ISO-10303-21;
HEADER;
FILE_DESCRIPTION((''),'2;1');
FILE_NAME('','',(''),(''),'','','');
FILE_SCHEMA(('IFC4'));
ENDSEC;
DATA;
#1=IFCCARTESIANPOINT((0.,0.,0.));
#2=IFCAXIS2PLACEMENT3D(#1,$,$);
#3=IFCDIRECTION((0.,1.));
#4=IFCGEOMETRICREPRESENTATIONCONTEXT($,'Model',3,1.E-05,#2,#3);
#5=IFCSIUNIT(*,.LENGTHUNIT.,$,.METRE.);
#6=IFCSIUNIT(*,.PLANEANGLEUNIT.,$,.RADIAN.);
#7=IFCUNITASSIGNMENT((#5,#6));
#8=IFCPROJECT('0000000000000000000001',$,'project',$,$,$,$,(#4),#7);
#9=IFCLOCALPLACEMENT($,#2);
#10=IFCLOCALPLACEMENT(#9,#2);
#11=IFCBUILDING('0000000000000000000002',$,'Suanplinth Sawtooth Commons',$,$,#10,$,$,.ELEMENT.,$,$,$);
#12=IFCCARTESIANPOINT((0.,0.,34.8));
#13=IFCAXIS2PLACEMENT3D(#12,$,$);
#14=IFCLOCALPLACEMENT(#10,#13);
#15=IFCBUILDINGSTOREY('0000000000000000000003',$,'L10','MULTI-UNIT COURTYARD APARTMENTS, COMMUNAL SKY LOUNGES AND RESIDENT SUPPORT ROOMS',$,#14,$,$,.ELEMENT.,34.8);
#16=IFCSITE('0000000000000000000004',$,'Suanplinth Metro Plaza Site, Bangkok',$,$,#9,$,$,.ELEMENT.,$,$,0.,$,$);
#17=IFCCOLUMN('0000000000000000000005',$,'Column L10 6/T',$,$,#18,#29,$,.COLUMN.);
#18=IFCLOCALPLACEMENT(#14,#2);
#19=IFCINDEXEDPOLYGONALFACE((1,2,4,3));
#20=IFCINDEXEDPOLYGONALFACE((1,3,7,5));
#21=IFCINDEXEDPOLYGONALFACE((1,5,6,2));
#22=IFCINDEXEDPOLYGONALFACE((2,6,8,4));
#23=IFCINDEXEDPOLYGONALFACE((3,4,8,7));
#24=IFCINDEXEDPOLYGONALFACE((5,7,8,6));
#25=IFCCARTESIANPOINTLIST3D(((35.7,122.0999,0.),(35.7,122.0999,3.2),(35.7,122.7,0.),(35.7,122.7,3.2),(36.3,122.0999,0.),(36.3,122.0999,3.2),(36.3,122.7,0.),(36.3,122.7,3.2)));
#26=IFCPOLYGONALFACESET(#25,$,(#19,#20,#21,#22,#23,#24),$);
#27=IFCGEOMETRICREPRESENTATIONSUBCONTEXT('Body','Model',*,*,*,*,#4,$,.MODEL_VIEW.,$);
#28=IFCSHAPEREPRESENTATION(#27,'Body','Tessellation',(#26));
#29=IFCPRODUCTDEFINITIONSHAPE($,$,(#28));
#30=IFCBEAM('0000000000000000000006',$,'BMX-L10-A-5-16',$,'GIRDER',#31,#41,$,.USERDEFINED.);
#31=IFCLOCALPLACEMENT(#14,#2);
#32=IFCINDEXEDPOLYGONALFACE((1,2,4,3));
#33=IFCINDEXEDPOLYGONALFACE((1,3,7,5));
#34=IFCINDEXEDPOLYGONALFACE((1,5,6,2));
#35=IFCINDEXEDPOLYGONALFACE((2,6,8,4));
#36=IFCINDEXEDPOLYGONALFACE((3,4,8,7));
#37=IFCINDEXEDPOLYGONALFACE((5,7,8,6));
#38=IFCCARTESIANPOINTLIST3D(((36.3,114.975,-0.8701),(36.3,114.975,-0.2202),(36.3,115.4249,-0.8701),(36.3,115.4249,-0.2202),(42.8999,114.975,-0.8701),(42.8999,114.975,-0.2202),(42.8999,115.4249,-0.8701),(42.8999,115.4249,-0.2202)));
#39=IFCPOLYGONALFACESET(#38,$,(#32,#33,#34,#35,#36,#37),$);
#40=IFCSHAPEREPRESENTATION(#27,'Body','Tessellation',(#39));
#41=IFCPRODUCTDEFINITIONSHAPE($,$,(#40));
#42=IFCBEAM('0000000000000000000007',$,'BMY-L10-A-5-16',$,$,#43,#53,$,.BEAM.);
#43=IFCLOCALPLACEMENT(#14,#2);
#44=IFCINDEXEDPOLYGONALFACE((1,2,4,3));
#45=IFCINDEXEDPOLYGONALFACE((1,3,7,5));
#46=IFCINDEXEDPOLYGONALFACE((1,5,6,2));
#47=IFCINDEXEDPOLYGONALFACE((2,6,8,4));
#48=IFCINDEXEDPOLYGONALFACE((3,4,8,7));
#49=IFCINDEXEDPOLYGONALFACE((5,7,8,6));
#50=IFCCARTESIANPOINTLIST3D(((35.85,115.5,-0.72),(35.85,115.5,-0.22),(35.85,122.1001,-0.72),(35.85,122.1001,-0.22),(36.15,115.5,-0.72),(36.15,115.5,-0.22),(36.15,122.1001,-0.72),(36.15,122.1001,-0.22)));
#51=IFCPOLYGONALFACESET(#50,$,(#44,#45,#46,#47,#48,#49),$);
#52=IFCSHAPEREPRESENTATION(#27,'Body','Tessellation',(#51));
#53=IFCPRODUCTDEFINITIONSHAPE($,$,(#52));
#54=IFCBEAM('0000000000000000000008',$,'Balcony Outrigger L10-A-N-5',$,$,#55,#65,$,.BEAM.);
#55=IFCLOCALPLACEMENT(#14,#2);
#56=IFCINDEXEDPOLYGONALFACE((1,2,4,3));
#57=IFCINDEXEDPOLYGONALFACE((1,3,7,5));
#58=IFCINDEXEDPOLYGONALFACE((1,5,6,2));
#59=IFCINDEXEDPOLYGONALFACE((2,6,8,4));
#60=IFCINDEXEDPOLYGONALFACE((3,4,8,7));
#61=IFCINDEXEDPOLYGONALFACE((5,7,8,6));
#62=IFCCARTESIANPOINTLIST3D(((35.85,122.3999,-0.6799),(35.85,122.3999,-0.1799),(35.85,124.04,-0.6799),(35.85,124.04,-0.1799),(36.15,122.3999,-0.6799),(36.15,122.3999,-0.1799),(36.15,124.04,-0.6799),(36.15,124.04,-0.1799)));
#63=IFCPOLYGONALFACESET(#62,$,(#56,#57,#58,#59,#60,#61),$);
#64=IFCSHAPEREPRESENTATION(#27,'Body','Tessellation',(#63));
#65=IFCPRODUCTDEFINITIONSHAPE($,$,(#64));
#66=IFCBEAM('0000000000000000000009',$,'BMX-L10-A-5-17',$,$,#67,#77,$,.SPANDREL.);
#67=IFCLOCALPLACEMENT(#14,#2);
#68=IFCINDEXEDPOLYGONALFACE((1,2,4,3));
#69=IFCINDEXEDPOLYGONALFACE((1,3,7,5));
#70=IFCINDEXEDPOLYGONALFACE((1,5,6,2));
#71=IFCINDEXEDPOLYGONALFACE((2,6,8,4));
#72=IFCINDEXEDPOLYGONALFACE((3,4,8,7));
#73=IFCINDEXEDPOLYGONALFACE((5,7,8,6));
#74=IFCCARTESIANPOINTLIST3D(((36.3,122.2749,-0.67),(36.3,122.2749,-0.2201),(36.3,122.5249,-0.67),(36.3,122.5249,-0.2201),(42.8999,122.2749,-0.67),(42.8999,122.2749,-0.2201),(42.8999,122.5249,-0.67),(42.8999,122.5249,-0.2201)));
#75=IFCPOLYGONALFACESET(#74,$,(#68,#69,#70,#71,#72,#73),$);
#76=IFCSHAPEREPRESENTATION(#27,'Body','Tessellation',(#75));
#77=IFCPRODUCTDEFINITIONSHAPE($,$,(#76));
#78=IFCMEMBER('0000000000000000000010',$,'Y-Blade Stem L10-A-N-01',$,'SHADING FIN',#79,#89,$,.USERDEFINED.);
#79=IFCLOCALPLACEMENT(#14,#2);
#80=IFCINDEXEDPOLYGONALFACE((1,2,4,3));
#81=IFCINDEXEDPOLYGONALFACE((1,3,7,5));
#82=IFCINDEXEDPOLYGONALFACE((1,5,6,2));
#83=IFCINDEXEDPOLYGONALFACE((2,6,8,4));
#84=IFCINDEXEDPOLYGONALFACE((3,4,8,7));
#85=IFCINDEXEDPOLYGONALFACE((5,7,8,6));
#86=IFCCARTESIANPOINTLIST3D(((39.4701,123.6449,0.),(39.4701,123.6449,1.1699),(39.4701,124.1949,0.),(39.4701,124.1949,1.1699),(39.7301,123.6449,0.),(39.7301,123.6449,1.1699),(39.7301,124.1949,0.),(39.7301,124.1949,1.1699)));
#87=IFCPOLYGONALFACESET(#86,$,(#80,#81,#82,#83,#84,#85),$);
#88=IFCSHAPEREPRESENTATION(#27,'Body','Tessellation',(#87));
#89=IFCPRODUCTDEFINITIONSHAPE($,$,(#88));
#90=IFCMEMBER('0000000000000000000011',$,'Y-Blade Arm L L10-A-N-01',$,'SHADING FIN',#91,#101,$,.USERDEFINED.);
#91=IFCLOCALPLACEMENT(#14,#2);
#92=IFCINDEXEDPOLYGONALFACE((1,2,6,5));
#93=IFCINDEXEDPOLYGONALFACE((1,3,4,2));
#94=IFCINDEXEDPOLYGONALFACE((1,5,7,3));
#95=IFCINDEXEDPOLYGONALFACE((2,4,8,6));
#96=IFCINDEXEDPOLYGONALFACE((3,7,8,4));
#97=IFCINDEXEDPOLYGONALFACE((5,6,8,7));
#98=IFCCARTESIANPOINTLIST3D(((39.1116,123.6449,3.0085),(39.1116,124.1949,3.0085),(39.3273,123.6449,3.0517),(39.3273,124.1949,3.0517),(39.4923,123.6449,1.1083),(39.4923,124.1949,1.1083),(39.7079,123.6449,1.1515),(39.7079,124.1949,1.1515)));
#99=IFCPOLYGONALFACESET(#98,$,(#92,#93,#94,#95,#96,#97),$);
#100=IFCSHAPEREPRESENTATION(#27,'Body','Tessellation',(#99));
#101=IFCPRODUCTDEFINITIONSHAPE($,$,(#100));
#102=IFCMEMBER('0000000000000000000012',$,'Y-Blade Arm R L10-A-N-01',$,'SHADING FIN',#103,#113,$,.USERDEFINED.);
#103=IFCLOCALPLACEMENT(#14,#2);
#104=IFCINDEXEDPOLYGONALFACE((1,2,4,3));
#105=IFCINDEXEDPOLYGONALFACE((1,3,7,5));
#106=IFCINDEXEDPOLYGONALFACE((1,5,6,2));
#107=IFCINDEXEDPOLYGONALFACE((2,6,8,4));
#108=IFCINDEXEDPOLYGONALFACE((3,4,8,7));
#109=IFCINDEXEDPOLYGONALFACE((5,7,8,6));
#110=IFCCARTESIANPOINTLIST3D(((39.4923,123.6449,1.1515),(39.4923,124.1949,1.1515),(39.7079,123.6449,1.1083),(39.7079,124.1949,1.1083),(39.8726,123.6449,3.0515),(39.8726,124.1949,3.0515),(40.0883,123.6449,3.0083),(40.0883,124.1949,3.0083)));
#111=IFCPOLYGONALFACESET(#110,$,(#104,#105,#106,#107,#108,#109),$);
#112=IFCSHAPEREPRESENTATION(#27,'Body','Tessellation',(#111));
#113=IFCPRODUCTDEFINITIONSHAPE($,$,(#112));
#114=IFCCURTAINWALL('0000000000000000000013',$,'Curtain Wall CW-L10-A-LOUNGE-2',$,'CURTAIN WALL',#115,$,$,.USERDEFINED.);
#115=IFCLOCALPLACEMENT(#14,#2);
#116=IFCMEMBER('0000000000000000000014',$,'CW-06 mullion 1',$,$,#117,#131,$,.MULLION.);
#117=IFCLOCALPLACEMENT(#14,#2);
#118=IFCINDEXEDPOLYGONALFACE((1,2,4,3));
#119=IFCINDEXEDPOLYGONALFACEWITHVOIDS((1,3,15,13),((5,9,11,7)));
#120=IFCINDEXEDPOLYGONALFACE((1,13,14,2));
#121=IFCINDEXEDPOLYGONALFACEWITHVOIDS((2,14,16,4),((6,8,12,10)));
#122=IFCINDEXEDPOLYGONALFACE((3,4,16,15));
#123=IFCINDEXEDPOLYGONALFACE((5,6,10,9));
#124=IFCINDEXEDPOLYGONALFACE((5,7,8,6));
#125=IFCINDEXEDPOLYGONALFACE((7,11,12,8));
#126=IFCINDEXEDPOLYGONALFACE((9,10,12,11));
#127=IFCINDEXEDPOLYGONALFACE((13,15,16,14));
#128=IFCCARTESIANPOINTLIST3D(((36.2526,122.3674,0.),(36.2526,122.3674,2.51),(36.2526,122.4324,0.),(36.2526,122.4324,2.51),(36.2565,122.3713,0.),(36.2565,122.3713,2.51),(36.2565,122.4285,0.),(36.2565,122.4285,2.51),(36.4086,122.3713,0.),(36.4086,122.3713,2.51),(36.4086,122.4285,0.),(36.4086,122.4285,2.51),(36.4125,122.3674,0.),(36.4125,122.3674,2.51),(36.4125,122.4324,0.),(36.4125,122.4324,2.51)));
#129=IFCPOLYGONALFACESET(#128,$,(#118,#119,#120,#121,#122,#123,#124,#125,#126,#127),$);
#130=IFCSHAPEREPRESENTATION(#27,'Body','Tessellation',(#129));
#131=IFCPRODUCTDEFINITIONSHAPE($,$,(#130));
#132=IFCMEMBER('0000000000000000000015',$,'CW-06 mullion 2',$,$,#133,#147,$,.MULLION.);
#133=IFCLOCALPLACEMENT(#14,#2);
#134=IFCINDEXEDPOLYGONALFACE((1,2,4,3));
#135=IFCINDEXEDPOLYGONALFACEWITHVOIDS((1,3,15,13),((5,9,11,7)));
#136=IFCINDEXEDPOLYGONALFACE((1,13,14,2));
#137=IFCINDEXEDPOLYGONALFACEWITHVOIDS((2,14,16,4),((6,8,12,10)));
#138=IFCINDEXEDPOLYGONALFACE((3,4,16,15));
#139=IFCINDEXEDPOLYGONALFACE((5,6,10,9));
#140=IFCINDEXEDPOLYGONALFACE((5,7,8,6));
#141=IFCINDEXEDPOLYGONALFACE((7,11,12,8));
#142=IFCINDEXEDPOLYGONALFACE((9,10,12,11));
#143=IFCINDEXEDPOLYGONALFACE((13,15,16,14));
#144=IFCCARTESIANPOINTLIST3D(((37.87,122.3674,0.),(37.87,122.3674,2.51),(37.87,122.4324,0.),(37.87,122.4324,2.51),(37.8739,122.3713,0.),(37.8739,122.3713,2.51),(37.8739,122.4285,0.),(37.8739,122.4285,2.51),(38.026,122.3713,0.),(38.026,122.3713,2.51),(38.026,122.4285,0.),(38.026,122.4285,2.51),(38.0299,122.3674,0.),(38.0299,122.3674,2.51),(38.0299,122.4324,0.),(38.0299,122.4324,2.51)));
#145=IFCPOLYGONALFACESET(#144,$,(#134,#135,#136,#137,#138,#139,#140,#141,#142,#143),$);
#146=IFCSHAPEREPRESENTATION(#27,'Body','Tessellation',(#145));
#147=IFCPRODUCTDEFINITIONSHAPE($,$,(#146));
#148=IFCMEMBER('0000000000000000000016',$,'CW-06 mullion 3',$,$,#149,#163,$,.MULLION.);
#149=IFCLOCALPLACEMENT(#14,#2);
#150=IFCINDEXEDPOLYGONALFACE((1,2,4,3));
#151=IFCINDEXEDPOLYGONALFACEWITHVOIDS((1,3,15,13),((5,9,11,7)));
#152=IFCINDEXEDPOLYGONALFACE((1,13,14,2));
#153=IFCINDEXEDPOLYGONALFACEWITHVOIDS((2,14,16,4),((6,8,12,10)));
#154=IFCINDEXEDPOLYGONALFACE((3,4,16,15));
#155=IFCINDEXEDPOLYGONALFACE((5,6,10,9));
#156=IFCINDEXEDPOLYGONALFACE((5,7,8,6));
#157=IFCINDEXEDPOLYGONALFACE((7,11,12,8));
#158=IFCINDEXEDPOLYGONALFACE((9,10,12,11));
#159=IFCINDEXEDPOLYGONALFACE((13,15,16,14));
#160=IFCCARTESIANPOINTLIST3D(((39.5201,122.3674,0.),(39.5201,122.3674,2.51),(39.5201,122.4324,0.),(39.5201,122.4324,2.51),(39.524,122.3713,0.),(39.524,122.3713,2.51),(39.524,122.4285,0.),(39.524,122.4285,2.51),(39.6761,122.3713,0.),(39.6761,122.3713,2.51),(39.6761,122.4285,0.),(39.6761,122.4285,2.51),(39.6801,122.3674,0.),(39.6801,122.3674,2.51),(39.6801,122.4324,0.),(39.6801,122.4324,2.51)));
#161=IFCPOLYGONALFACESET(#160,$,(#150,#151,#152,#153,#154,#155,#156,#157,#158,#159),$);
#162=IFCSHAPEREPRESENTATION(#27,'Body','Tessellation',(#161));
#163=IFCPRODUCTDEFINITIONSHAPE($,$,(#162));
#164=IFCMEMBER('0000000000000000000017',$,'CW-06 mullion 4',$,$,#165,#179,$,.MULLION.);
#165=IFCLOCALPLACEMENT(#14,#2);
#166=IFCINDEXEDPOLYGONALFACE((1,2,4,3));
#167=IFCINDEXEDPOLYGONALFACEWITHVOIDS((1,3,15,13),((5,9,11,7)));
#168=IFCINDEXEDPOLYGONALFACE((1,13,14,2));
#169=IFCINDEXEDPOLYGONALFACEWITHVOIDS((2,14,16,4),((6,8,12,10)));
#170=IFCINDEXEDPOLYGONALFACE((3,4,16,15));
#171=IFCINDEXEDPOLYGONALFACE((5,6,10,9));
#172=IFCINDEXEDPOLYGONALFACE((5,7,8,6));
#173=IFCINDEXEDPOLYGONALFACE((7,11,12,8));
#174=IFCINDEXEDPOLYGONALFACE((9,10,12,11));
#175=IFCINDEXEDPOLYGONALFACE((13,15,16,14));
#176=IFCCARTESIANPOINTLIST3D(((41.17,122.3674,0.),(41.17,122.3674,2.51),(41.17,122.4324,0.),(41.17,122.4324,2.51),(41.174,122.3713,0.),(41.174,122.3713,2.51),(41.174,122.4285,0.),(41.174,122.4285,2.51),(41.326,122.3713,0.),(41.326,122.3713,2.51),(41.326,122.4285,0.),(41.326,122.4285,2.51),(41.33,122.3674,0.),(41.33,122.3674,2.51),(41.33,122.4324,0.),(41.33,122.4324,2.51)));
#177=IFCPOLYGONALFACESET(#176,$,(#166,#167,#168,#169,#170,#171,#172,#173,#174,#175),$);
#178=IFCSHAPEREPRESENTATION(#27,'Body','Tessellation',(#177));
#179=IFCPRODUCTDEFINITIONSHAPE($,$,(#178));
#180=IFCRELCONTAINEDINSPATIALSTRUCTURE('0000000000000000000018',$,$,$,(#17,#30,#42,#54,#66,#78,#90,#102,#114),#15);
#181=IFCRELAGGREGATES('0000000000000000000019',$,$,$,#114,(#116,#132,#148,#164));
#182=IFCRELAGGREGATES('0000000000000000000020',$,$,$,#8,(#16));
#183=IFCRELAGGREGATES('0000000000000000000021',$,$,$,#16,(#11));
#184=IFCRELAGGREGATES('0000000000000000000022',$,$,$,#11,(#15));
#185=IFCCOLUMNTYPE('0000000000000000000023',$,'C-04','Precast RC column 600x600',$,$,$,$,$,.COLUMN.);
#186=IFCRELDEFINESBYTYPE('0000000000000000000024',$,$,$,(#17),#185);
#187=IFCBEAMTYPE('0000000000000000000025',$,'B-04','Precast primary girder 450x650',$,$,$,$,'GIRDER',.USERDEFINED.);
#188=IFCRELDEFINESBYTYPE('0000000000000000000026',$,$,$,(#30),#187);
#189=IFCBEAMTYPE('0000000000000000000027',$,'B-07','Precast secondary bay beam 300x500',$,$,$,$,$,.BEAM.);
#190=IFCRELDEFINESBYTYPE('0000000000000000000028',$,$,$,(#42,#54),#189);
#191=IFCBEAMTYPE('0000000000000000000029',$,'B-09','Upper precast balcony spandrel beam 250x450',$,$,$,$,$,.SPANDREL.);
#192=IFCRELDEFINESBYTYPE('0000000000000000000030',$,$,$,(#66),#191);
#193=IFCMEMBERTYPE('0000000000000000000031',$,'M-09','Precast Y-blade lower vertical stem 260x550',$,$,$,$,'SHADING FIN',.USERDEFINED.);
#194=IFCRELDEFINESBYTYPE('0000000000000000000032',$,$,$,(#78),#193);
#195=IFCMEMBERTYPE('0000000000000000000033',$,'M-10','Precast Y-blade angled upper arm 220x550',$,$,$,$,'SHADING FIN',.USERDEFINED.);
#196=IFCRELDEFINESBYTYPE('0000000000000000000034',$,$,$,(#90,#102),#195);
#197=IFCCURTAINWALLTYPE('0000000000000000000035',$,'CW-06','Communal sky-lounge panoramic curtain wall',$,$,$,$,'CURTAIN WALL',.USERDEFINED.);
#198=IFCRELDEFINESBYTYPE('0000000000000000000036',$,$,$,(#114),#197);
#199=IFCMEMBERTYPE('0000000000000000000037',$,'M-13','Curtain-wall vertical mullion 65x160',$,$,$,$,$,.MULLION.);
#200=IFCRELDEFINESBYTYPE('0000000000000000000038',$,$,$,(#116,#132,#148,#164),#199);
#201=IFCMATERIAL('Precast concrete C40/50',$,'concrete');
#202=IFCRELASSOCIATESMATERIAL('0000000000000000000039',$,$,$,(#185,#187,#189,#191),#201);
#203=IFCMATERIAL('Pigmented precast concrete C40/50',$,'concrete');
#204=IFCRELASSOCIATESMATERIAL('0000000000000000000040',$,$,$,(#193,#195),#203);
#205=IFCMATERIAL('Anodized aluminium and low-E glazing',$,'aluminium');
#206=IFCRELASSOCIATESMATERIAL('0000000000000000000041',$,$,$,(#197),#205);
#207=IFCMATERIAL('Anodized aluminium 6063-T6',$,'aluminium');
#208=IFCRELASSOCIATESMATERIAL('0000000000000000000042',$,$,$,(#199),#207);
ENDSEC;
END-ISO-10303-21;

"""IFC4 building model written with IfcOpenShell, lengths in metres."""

from ifc_helpers import new_model, si_unit, direction, frame, origin, origin_2d, place, context, subcontext, project, spatial, rectangle, hollow_rectangle, extrude, material, material_profile, profile_set, type_object, element, aggregate, save


model = new_model("IFC4")

# Units and contexts
model_context = context("Model", 3, precision=1e-05, world=origin(), true_north=direction((0.0, 1.0)))
body_context = subcontext(model_context, "Body", "Model", "MODEL_VIEW")
ifc_project = project(units=[si_unit("LENGTHUNIT", "METRE"), si_unit("PLANEANGLEUNIT", "RADIAN")], contexts=[model_context])

# Site, building, storey
site_placement = place(None, origin())
site = spatial("IfcSite", under=ifc_project, at=site_placement, Name="Suanplinth Metro Plaza Site, Bangkok", CompositionType="ELEMENT", RefElevation=0.0)
building_placement = place(site_placement, origin())
building = spatial("IfcBuilding", under=site, at=building_placement, Name="Suanplinth Sawtooth Commons", CompositionType="ELEMENT")
storey_placement = place(building_placement, frame((0.0, 0.0, 34.8)))
storey = spatial("IfcBuildingStorey", under=building, at=storey_placement, Name="L10", Description="MULTI-UNIT COURTYARD APARTMENTS, COMMUNAL SKY LOUNGES AND RESIDENT SUPPORT ROOMS", CompositionType="ELEMENT", Elevation=34.8)

# Column
ifc_material_1 = material(Name="Precast concrete C40/50", Category="concrete")
ifc_material_profile_1 = material_profile(ifc_material_1, rectangle(XDim=0.6001, YDim=0.6001, at=origin_2d()), Name="PC-COL 600x600")
ifc_profile_set_1 = profile_set([ifc_material_profile_1], Name="Precast concrete C40/50")
column_type = type_object("IfcColumnType", Name="C-04", Description="Precast RC column 600x600", PredefinedType="COLUMN", material=ifc_profile_set_1)
column_placement = place(storey_placement, frame((36.0, 122.3999, 0.0), z_axis=(0.0, 0.0, 1.0), x_axis=(1.0, 0.0, 0.0)))
element("IfcColumn", 1, at=column_placement, inside=storey, type_object=column_type, Name="Column L10 6/T", PredefinedType="COLUMN", context=body_context, shape_type="SweptSolid", body=[
    extrude(rectangle(XDim=0.6001, YDim=0.6001, at=origin_2d()), origin(), (0.0, 0.0, 1.0), 3.2),
])

# Beams
ifc_material_profile_2 = material_profile(ifc_material_1, rectangle(XDim=0.45, YDim=0.6499, at=origin_2d()), Name="PC-GDR 450x650")
ifc_profile_set_2 = profile_set([ifc_material_profile_2], Name="Precast concrete C40/50")
beam_type_1 = type_object("IfcBeamType", Name="B-04", Description="Precast primary girder 450x650", ElementType="GIRDER", PredefinedType="USERDEFINED", material=ifc_profile_set_2)
beam_1_placement = place(storey_placement, frame((36.3, 115.2, -0.5452), z_axis=(1.0, 0.0, 0.0), x_axis=(0.0, 1.0, 0.0)))
element("IfcBeam", 2, at=beam_1_placement, inside=storey, type_object=beam_type_1, Name="BMX-L10-A-5-16", ObjectType="GIRDER", PredefinedType="USERDEFINED", context=body_context, shape_type="SweptSolid", body=[
    extrude(rectangle(XDim=0.45, YDim=0.6499, at=origin_2d()), origin(), (0.0, 0.0, 1.0), 6.5999),
])
ifc_material_profile_3 = material_profile(ifc_material_1, rectangle(XDim=0.3, YDim=0.5, at=origin_2d()), Name="PC-BM 300x500")
ifc_profile_set_3 = profile_set([ifc_material_profile_3], Name="Precast concrete C40/50")
beam_type_2 = type_object("IfcBeamType", Name="B-07", Description="Precast secondary bay beam 300x500", PredefinedType="BEAM", material=ifc_profile_set_3)
beam_2_placement = place(storey_placement, frame((36.0, 115.5, -0.47), z_axis=(0.0, 1.0, 0.0), x_axis=(-1.0, 0.0, 0.0)))
element("IfcBeam", 3, at=beam_2_placement, inside=storey, type_object=beam_type_2, Name="BMY-L10-A-5-16", PredefinedType="BEAM", context=body_context, shape_type="SweptSolid", body=[
    extrude(rectangle(XDim=0.3, YDim=0.5, at=origin_2d()), origin(), (0.0, 0.0, 1.0), 6.6001),
])
beam_3_placement = place(storey_placement, frame((36.0, 122.3999, -0.4299), z_axis=(0.0, 1.0, 0.0), x_axis=(-1.0, 0.0, 0.0)))
element("IfcBeam", 4, at=beam_3_placement, inside=storey, type_object=beam_type_2, Name="Balcony Outrigger L10-A-N-5", PredefinedType="BEAM", context=body_context, shape_type="SweptSolid", body=[
    extrude(rectangle(XDim=0.3, YDim=0.5, at=origin_2d()), origin(), (0.0, 0.0, 1.0), 1.6401),
])
ifc_material_profile_4 = material_profile(ifc_material_1, rectangle(XDim=0.25, YDim=0.45, at=origin_2d()), Name="PC-SP 250x450")
ifc_profile_set_4 = profile_set([ifc_material_profile_4], Name="Precast concrete C40/50")
beam_type_3 = type_object("IfcBeamType", Name="B-09", Description="Upper precast balcony spandrel beam 250x450", PredefinedType="SPANDREL", material=ifc_profile_set_4)
beam_4_placement = place(storey_placement, frame((36.3, 122.3999, -0.4451), z_axis=(1.0, 0.0, 0.0), x_axis=(0.0, 1.0, 0.0)))
element("IfcBeam", 5, at=beam_4_placement, inside=storey, type_object=beam_type_3, Name="BMX-L10-A-5-17", PredefinedType="SPANDREL", context=body_context, shape_type="SweptSolid", body=[
    extrude(rectangle(XDim=0.25, YDim=0.45, at=origin_2d()), origin(), (0.0, 0.0, 1.0), 6.5999),
])

# Members
ifc_material_2 = material(Name="Pigmented precast concrete C40/50", Category="concrete")
ifc_material_profile_5 = material_profile(ifc_material_2, rectangle(XDim=0.26, YDim=0.55, at=origin_2d()), Name="PC-FIN 260x550")
ifc_profile_set_5 = profile_set([ifc_material_profile_5], Name="Pigmented precast concrete C40/50")
member_type_1 = type_object("IfcMemberType", Name="M-09", Description="Precast Y-blade lower vertical stem 260x550", ElementType="SHADING FIN", PredefinedType="USERDEFINED", material=ifc_profile_set_5)
member_1_placement = place(storey_placement, frame((39.6001, 123.9199, 0.0), z_axis=(0.0, 0.0, 1.0), x_axis=(1.0, 0.0, 0.0)))
element("IfcMember", 6, at=member_1_placement, inside=storey, type_object=member_type_1, Name="Y-Blade Stem L10-A-N-01", ObjectType="SHADING FIN", PredefinedType="USERDEFINED", context=body_context, shape_type="SweptSolid", body=[
    extrude(rectangle(XDim=0.26, YDim=0.55, at=origin_2d()), origin(), (0.0, 0.0, 1.0), 1.1699),
])
ifc_material_profile_6 = material_profile(ifc_material_2, rectangle(XDim=0.22, YDim=0.55, at=origin_2d()), Name="PC-FIN 220x550")
ifc_profile_set_6 = profile_set([ifc_material_profile_6], Name="Pigmented precast concrete C40/50")
member_type_2 = type_object("IfcMemberType", Name="M-10", Description="Precast Y-blade angled upper arm 220x550", ElementType="SHADING FIN", PredefinedType="USERDEFINED", material=ifc_profile_set_6)
member_2_placement = place(storey_placement, frame((39.6001, 123.9199, 1.1299), z_axis=(-0.196407, 0.0, 0.980522), x_axis=(0.980522, 0.0, 0.196407)))
element("IfcMember", 7, at=member_2_placement, inside=storey, type_object=member_type_2, Name="Y-Blade Arm L L10-A-N-01", ObjectType="SHADING FIN", PredefinedType="USERDEFINED", context=body_context, shape_type="SweptSolid", body=[
    extrude(rectangle(XDim=0.22, YDim=0.55, at=origin_2d()), origin(), (0.0, 0.0, 1.0), 1.938),
])
member_3_placement = place(storey_placement, frame((39.6001, 123.9199, 1.1299), z_axis=(0.196286, 0.0, 0.980547), x_axis=(-0.980547, 0.0, 0.196286)))
element("IfcMember", 8, at=member_3_placement, inside=storey, type_object=member_type_2, Name="Y-Blade Arm R L10-A-N-01", ObjectType="SHADING FIN", PredefinedType="USERDEFINED", context=body_context, shape_type="SweptSolid", body=[
    extrude(rectangle(XDim=0.22, YDim=0.55, at=origin_2d()), origin(), (0.0, 0.0, 1.0), 1.9377),
])

# Curtain wall, members
ifc_material_3 = material(Name="Anodized aluminium and low-E glazing", Category="aluminium")
curtain_wall_type = type_object("IfcCurtainWallType", Name="CW-06", Description="Communal sky-lounge panoramic curtain wall", ElementType="CURTAIN WALL", PredefinedType="USERDEFINED", material=ifc_material_3)
curtain_wall_placement = place(storey_placement, origin())
curtain_wall = element("IfcCurtainWall", 9, at=curtain_wall_placement, inside=storey, type_object=curtain_wall_type, Name="Curtain Wall CW-L10-A-LOUNGE-2", ObjectType="CURTAIN WALL", PredefinedType="USERDEFINED")
ifc_material_4 = material(Name="Anodized aluminium 6063-T6", Category="aluminium")
ifc_material_profile_7 = material_profile(ifc_material_4, hollow_rectangle(XDim=0.0649, YDim=0.1599, WallThickness=0.0039, at=origin_2d()), Name="ALU-MUL 65x160")
ifc_profile_set_7 = profile_set([ifc_material_profile_7], Name="Anodized aluminium 6063-T6")
member_type_3 = type_object("IfcMemberType", Name="M-13", Description="Curtain-wall vertical mullion 65x160", PredefinedType="MULLION", material=ifc_profile_set_7)
member_4_placement = place(storey_placement, frame((36.3325, 122.3999, 0.0), z_axis=(0.0, 0.0, 1.0), x_axis=(0.0, 1.0, 0.0)))
member_4 = element("IfcMember", 10, at=member_4_placement, type_object=member_type_3, Name="CW-06 mullion 1", PredefinedType="MULLION", context=body_context, shape_type="SweptSolid", body=[
    extrude(hollow_rectangle(XDim=0.0649, YDim=0.1599, WallThickness=0.0039, at=origin_2d()), origin(), (0.0, 0.0, 1.0), 2.51),
])
member_5_placement = place(storey_placement, frame((37.95, 122.3999, 0.0), z_axis=(0.0, 0.0, 1.0), x_axis=(0.0, 1.0, 0.0)))
member_5 = element("IfcMember", 11, at=member_5_placement, type_object=member_type_3, Name="CW-06 mullion 2", PredefinedType="MULLION", context=body_context, shape_type="SweptSolid", body=[
    extrude(hollow_rectangle(XDim=0.0649, YDim=0.1599, WallThickness=0.0039, at=origin_2d()), origin(), (0.0, 0.0, 1.0), 2.51),
])
member_6_placement = place(storey_placement, frame((39.6001, 122.3999, 0.0), z_axis=(0.0, 0.0, 1.0), x_axis=(0.0, 1.0, 0.0)))
member_6 = element("IfcMember", 12, at=member_6_placement, type_object=member_type_3, Name="CW-06 mullion 3", PredefinedType="MULLION", context=body_context, shape_type="SweptSolid", body=[
    extrude(hollow_rectangle(XDim=0.0649, YDim=0.1599, WallThickness=0.0039, at=origin_2d()), origin(), (0.0, 0.0, 1.0), 2.51),
])
member_7_placement = place(storey_placement, frame((41.25, 122.3999, 0.0), z_axis=(0.0, 0.0, 1.0), x_axis=(0.0, 1.0, 0.0)))
member_7 = element("IfcMember", 13, at=member_7_placement, type_object=member_type_3, Name="CW-06 mullion 4", PredefinedType="MULLION", context=body_context, shape_type="SweptSolid", body=[
    extrude(hollow_rectangle(XDim=0.0649, YDim=0.1599, WallThickness=0.0039, at=origin_2d()), origin(), (0.0, 0.0, 1.0), 2.51),
])

aggregate(curtain_wall, [member_4, member_5, member_6, member_7])

save(model, "model.ifc")
